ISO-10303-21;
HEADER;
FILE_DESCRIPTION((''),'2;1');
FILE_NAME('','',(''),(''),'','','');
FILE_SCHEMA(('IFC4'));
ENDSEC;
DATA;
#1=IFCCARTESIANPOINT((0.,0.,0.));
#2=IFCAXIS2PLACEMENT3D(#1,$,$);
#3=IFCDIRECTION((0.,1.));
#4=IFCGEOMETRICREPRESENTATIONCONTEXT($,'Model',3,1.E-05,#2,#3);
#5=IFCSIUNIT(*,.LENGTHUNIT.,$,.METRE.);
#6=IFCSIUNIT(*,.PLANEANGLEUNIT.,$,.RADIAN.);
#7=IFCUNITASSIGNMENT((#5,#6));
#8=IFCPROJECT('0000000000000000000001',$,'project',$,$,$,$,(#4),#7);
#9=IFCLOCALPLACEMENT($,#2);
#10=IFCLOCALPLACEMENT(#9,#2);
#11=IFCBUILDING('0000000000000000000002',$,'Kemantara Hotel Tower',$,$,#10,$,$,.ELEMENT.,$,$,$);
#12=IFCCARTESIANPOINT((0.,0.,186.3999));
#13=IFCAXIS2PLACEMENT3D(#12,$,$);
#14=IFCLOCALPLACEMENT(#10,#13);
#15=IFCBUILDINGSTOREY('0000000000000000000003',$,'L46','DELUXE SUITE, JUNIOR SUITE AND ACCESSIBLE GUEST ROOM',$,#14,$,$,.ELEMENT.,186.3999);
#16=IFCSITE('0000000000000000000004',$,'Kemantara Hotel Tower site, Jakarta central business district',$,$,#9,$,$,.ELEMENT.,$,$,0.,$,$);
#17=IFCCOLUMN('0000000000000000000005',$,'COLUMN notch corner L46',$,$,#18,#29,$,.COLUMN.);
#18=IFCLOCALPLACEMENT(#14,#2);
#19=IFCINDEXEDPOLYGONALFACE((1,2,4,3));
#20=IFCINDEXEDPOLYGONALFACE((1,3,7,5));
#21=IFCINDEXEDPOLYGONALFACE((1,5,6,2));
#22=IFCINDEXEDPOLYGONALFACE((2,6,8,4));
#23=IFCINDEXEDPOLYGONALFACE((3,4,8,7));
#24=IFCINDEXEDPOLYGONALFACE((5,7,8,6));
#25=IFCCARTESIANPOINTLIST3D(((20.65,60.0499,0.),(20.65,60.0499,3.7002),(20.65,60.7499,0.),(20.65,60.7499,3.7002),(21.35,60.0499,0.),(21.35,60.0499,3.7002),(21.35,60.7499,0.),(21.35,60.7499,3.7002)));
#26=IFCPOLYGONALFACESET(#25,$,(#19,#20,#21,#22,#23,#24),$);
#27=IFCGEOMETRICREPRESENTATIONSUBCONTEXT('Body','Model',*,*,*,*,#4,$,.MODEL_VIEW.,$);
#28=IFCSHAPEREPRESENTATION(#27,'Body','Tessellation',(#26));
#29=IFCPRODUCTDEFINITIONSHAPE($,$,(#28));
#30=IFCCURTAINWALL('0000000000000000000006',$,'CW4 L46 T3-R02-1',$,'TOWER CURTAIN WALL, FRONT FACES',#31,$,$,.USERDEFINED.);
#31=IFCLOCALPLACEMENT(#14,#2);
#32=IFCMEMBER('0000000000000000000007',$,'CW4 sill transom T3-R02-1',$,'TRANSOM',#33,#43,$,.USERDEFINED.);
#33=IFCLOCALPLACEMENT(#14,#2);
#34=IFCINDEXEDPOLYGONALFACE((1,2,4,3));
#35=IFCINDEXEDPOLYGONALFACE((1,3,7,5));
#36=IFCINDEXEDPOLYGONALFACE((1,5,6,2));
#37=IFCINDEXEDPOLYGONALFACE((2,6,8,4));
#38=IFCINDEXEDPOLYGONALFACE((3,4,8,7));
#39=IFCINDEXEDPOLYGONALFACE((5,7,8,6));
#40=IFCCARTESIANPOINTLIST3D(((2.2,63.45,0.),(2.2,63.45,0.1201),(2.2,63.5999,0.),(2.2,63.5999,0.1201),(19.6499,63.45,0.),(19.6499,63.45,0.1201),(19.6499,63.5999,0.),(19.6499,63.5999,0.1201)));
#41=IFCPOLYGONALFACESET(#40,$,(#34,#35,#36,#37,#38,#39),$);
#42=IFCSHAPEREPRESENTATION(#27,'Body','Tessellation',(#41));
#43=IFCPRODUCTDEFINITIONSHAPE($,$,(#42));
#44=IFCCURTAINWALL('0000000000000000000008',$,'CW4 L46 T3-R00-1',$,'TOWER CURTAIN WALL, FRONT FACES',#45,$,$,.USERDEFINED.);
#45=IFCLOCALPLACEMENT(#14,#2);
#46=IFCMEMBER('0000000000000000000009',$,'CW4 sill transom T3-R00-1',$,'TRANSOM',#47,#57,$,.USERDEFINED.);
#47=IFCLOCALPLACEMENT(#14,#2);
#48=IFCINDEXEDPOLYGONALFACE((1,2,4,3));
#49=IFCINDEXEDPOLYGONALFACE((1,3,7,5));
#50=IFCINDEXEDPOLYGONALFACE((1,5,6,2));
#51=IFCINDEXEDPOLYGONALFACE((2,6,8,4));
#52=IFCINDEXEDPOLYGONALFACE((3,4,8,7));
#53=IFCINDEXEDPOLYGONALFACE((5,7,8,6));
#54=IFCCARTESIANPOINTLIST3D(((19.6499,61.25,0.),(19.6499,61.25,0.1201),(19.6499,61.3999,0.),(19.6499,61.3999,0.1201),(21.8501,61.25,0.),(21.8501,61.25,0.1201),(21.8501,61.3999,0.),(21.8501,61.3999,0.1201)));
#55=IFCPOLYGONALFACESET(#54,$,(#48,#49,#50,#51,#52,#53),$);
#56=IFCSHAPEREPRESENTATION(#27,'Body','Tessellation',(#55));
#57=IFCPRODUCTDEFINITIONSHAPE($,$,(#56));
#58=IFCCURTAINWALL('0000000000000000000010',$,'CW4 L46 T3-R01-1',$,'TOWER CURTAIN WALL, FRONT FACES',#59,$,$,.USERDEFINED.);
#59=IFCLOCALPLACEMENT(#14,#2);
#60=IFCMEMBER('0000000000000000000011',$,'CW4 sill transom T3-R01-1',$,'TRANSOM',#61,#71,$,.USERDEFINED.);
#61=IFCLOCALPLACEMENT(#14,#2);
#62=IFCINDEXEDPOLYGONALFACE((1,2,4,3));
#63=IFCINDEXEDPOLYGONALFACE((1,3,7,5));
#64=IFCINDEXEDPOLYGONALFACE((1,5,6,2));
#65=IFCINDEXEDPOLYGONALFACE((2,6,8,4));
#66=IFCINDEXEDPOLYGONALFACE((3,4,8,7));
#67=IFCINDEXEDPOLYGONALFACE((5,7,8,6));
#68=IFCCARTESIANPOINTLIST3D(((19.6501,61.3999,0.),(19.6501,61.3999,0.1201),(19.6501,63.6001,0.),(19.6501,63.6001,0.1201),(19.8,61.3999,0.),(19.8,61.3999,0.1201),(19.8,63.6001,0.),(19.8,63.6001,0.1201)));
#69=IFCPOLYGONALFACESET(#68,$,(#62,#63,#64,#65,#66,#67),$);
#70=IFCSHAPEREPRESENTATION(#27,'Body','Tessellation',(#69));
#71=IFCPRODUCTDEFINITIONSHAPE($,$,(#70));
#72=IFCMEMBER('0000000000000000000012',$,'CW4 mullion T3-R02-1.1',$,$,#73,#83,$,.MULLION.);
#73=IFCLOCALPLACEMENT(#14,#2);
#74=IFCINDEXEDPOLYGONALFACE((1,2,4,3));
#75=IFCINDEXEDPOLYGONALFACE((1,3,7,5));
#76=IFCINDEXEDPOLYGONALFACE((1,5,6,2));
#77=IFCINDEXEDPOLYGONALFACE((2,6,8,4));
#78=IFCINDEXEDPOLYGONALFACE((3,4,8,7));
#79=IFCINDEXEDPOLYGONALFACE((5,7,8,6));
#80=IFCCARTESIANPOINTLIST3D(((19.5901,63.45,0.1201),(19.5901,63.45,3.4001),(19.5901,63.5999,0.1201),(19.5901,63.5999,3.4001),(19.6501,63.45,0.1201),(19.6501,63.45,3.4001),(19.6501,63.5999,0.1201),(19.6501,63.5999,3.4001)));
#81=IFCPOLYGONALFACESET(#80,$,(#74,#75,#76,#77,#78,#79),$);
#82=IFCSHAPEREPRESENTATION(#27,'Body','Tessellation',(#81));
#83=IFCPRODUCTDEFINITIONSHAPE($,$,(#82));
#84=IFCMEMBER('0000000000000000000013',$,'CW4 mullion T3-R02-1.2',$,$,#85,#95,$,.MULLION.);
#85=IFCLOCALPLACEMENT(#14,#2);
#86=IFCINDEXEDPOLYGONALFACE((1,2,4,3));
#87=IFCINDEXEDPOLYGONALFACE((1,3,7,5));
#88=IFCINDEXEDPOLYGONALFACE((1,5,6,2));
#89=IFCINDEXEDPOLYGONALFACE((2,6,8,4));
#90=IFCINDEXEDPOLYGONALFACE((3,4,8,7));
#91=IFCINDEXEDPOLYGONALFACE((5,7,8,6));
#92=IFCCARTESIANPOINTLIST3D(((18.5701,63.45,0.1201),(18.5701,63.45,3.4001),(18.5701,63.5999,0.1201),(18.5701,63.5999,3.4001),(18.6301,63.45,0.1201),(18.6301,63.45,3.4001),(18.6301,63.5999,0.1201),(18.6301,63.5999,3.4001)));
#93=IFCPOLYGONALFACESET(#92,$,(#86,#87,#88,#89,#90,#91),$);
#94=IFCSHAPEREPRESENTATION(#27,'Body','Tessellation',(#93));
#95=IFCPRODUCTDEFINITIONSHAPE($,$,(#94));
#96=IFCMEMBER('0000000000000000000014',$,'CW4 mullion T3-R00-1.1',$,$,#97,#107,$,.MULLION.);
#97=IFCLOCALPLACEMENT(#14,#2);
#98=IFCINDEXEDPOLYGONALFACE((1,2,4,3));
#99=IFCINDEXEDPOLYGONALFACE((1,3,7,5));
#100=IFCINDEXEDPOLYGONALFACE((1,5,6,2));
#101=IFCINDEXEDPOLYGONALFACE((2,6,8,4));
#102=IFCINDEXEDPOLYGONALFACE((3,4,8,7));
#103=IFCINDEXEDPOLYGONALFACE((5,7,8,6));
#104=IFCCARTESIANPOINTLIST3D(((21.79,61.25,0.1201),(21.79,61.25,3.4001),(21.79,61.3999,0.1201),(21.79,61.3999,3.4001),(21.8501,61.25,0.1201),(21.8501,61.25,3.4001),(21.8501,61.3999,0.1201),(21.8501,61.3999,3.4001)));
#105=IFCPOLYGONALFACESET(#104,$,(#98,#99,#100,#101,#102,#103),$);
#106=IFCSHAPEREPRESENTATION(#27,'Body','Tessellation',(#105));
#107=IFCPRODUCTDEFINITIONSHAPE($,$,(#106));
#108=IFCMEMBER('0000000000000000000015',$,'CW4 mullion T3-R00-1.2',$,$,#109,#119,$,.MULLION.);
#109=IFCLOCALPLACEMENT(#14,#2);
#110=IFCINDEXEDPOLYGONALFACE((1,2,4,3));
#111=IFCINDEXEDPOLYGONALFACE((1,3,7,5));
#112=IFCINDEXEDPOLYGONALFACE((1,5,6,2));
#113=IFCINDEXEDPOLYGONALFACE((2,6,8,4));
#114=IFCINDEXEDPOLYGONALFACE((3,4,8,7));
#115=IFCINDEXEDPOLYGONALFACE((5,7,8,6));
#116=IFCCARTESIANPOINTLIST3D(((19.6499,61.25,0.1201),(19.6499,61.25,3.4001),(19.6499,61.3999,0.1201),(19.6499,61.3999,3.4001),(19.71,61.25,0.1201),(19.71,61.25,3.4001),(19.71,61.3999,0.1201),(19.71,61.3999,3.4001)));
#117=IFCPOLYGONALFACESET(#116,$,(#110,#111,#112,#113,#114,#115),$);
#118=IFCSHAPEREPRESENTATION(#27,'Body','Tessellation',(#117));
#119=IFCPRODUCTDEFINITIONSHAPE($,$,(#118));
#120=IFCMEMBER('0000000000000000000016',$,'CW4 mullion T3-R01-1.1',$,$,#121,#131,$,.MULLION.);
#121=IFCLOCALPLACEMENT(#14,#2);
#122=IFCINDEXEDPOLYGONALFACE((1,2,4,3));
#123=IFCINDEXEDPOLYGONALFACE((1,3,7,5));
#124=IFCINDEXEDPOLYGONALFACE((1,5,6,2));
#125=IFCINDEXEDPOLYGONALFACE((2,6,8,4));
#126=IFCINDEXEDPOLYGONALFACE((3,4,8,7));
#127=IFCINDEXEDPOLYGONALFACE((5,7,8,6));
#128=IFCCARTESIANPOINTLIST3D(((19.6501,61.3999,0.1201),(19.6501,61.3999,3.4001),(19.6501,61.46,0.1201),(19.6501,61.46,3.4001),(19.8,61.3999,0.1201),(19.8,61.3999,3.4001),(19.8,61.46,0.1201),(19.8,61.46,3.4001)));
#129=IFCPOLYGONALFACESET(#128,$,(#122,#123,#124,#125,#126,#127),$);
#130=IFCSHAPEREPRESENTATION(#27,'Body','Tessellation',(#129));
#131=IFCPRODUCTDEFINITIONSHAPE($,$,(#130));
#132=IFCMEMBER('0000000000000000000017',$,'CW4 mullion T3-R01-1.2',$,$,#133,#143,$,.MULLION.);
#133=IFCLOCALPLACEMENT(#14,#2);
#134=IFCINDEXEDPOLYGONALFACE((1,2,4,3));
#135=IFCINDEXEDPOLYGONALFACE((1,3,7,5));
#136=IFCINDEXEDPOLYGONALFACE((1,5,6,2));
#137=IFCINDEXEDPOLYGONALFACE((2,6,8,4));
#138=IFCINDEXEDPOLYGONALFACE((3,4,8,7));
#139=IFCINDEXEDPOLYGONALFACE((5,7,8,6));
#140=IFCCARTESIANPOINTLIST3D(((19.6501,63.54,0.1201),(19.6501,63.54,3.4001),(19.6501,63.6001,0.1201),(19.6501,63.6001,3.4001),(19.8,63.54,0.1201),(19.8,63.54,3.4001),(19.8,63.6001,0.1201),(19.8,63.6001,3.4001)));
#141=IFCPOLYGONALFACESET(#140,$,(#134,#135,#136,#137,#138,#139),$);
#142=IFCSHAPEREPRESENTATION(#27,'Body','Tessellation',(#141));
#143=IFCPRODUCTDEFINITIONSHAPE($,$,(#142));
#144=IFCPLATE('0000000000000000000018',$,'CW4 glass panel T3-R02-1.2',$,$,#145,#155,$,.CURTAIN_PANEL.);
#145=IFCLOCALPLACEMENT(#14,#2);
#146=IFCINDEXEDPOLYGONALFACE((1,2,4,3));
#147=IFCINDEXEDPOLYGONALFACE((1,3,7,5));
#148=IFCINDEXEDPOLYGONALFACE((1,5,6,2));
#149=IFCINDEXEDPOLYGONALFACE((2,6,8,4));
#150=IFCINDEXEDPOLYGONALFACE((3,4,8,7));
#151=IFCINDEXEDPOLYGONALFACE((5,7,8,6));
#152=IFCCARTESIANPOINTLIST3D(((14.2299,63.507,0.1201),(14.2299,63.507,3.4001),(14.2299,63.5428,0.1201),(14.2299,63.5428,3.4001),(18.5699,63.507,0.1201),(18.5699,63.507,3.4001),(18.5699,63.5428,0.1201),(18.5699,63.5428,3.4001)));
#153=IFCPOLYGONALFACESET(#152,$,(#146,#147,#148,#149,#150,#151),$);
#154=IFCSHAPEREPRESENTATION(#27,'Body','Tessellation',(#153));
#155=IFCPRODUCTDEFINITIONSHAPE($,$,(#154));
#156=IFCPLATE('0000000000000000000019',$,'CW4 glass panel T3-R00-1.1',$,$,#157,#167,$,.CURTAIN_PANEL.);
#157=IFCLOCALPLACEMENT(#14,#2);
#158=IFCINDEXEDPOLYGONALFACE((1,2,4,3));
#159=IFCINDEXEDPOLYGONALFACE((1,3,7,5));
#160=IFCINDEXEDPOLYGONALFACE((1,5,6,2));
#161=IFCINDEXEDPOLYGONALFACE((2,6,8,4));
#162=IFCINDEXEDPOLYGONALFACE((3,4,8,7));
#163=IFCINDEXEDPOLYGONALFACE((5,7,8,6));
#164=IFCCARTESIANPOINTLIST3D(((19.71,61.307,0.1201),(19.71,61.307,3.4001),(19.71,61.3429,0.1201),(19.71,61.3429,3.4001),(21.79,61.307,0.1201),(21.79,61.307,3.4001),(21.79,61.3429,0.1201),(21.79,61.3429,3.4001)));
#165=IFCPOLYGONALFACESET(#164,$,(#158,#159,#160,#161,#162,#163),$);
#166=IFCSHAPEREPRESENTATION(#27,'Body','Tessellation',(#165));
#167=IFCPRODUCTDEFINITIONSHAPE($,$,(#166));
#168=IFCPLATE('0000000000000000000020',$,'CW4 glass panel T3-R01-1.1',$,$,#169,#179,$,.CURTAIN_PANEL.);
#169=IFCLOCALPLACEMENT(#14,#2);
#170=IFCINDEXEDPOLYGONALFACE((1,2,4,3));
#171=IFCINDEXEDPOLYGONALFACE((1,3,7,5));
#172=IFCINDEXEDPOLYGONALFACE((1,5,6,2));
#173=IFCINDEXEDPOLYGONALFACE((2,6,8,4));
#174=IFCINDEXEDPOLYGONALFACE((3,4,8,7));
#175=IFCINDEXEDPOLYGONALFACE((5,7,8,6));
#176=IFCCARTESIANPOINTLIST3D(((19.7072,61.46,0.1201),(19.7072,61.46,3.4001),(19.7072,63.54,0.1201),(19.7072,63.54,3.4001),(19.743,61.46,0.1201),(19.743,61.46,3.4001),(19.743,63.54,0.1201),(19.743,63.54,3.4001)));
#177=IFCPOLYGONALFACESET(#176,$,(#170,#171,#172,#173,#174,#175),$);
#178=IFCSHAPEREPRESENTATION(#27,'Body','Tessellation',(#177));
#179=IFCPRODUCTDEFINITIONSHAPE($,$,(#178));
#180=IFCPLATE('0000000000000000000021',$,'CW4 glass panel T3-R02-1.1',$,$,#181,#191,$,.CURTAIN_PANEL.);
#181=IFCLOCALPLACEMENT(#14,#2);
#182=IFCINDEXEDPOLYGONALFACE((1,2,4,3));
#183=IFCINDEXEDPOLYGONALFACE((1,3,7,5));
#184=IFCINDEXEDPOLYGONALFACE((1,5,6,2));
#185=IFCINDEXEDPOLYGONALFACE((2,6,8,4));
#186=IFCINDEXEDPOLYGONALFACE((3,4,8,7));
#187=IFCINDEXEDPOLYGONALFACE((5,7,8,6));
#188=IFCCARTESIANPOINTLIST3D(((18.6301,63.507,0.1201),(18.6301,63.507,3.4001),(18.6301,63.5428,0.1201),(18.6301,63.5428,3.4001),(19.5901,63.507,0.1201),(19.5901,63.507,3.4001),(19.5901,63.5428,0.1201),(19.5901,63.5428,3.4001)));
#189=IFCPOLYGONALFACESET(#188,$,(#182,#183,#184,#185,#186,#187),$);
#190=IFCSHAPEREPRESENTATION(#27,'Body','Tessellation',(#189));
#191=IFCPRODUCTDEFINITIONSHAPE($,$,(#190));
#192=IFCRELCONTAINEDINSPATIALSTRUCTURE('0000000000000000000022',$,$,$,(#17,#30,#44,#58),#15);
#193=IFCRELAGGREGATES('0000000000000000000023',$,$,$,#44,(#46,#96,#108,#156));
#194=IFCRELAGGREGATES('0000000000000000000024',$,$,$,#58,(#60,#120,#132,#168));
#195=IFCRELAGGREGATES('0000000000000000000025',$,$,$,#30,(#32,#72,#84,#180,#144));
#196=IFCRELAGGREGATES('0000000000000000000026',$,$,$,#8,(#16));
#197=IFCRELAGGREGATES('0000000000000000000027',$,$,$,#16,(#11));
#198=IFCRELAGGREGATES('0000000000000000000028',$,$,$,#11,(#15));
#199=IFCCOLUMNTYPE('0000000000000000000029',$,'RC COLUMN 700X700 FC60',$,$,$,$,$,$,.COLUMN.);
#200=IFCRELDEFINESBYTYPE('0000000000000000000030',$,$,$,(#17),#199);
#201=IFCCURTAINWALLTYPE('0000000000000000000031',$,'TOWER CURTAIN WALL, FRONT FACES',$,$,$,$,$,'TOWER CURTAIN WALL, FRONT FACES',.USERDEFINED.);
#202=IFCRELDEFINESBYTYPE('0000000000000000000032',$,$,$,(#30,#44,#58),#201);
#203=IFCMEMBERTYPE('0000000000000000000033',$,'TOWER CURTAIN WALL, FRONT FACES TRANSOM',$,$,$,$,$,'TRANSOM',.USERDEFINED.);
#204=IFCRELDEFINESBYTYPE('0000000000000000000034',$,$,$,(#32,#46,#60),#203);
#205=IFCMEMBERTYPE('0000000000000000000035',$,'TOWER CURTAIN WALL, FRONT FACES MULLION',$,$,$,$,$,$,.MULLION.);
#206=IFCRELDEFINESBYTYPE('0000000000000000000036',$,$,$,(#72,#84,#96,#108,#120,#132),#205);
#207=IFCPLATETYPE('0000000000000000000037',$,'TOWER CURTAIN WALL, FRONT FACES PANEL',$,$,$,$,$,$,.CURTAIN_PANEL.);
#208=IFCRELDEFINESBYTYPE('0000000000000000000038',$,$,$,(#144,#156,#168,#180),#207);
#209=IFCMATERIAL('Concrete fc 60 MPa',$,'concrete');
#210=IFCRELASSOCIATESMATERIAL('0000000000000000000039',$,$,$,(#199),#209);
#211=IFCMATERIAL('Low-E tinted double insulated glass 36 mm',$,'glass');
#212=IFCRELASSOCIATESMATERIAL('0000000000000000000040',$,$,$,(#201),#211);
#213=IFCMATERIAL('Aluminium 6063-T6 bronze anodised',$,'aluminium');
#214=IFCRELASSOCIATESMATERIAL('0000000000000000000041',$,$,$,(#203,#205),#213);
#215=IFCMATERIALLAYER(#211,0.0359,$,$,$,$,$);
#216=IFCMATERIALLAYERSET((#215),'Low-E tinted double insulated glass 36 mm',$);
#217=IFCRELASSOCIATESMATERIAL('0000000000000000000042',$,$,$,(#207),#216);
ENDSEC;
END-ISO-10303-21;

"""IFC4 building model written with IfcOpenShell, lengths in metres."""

from ifc_helpers import new_model, si_unit, direction, frame, origin, origin_2d, place, context, subcontext, project, spatial, rectangle, extrude, source, transform, mapped, material, layer, layer_set, material_profile, profile_set, type_object, element, aggregate, save


model = new_model("IFC4")

# Units and contexts
model_context = context("Model", 3, precision=1e-05, world=origin(), true_north=direction((0.0, 1.0)))
body_context = subcontext(model_context, "Body", "Model", "MODEL_VIEW")
ifc_project = project(units=[si_unit("LENGTHUNIT", "METRE"), si_unit("PLANEANGLEUNIT", "RADIAN")], contexts=[model_context])

# Site, building, storey
site_placement = place(None, origin())
site = spatial("IfcSite", under=ifc_project, at=site_placement, Name="Kemantara Hotel Tower site, Jakarta central business district", CompositionType="ELEMENT", RefElevation=0.0)
building_placement = place(site_placement, origin())
building = spatial("IfcBuilding", under=site, at=building_placement, Name="Kemantara Hotel Tower", CompositionType="ELEMENT")
storey_placement = place(building_placement, frame((0.0, 0.0, 186.3999)))
storey = spatial("IfcBuildingStorey", under=building, at=storey_placement, Name="L46", Description="DELUXE SUITE, JUNIOR SUITE AND ACCESSIBLE GUEST ROOM", CompositionType="ELEMENT", Elevation=186.3999)

# Column
ifc_material_1 = material(Name="Concrete fc 60 MPa", Category="concrete")
ifc_material_profile_1 = material_profile(ifc_material_1, rectangle(XDim=0.7, YDim=0.7, at=origin_2d()), Name="RC 700X700")
ifc_profile_set_1 = profile_set([ifc_material_profile_1], Name="Concrete fc 60 MPa")
column_type = type_object("IfcColumnType", Name="RC COLUMN 700X700 FC60", PredefinedType="COLUMN", material=ifc_profile_set_1)
column_placement = place(storey_placement, frame((21.0, 60.3999, 0.0), z_axis=(0.0, 0.0, 1.0), x_axis=(1.0, 0.0, 0.0)))
element("IfcColumn", 1, at=column_placement, inside=storey, type_object=column_type, Name="COLUMN notch corner L46", PredefinedType="COLUMN", context=body_context, shape_type="SweptSolid", body=[
    extrude(rectangle(XDim=0.7, YDim=0.7, at=origin_2d()), origin(), (0.0, 0.0, 1.0), 3.7002),
])

# Curtain walls, members
ifc_material_2 = material(Name="Low-E tinted double insulated glass 36 mm", Category="glass")
curtain_wall_type = type_object("IfcCurtainWallType", Name="TOWER CURTAIN WALL, FRONT FACES", ElementType="TOWER CURTAIN WALL, FRONT FACES", PredefinedType="USERDEFINED", material=ifc_material_2)
curtain_wall_1_placement = place(storey_placement, origin())
curtain_wall_1 = element("IfcCurtainWall", 2, at=curtain_wall_1_placement, inside=storey, type_object=curtain_wall_type, Name="CW4 L46 T3-R02-1", ObjectType="TOWER CURTAIN WALL, FRONT FACES", PredefinedType="USERDEFINED")
ifc_material_3 = material(Name="Aluminium 6063-T6 bronze anodised", Category="aluminium")
ifc_material_profile_2 = material_profile(ifc_material_3, rectangle(XDim=0.1499, YDim=0.1201, at=origin_2d()), Name="TOWER CURTAIN WALL, FRONT FACES TRANSOM")
ifc_profile_set_2 = profile_set([ifc_material_profile_2], Name="Aluminium 6063-T6 bronze anodised")
member_type_1 = type_object("IfcMemberType", Name="TOWER CURTAIN WALL, FRONT FACES TRANSOM", ElementType="TRANSOM", PredefinedType="USERDEFINED", material=ifc_profile_set_2)
member_1_placement = place(storey_placement, frame((19.6499, 63.5249, 0.0601), z_axis=(-1.0, 0.0, 0.0), x_axis=(0.0, -1.0, 0.0)))
member_1 = element("IfcMember", 3, at=member_1_placement, type_object=member_type_1, Name="CW4 sill transom T3-R02-1", ObjectType="TRANSOM", PredefinedType="USERDEFINED", context=body_context, shape_type="SweptSolid", body=[
    extrude(rectangle(XDim=0.1499, YDim=0.1201, at=origin_2d()), origin(), (0.0, 0.0, 1.0), 17.45),
])
curtain_wall_2_placement = place(storey_placement, origin())
curtain_wall_2 = element("IfcCurtainWall", 4, at=curtain_wall_2_placement, inside=storey, type_object=curtain_wall_type, Name="CW4 L46 T3-R00-1", ObjectType="TOWER CURTAIN WALL, FRONT FACES", PredefinedType="USERDEFINED")
member_2_placement = place(storey_placement, frame((21.8501, 61.325, 0.0601), z_axis=(-1.0, 0.0, 0.0), x_axis=(0.0, -1.0, 0.0)))
member_2 = element("IfcMember", 5, at=member_2_placement, type_object=member_type_1, Name="CW4 sill transom T3-R00-1", ObjectType="TRANSOM", PredefinedType="USERDEFINED", context=body_context, shape_type="SweptSolid", body=[
    extrude(rectangle(XDim=0.1499, YDim=0.1201, at=origin_2d()), origin(), (0.0, 0.0, 1.0), 2.2002),
])
curtain_wall_3_placement = place(storey_placement, origin())
curtain_wall_3 = element("IfcCurtainWall", 6, at=curtain_wall_3_placement, inside=storey, type_object=curtain_wall_type, Name="CW4 L46 T3-R01-1", ObjectType="TOWER CURTAIN WALL, FRONT FACES", PredefinedType="USERDEFINED")
member_3_placement = place(storey_placement, frame((19.7251, 61.3999, 0.0601), z_axis=(0.0, 1.0, 0.0), x_axis=(-1.0, 0.0, 0.0)))
member_3 = element("IfcMember", 7, at=member_3_placement, type_object=member_type_1, Name="CW4 sill transom T3-R01-1", ObjectType="TRANSOM", PredefinedType="USERDEFINED", context=body_context, shape_type="SweptSolid", body=[
    extrude(rectangle(XDim=0.1499, YDim=0.1201, at=origin_2d()), origin(), (0.0, 0.0, 1.0), 2.2002),
])

# Members
ifc_material_profile_3 = material_profile(ifc_material_3, rectangle(XDim=0.1499, YDim=0.0601, at=origin_2d()), Name="TOWER CURTAIN WALL, FRONT FACES MULLION")
ifc_profile_set_3 = profile_set([ifc_material_profile_3], Name="Aluminium 6063-T6 bronze anodised")
member_type_2 = type_object("IfcMemberType", Name="TOWER CURTAIN WALL, FRONT FACES MULLION", PredefinedType="MULLION", material=ifc_profile_set_3)
shared_shape_1 = source(origin(), body_context, "Body", "SweptSolid", [
    extrude(rectangle(XDim=0.1499, YDim=0.0601, at=origin_2d()), origin(), (0.0, 0.0, 1.0), 3.28),
])
member_4_placement = place(storey_placement, frame((19.6201, 63.5249, 0.1201), z_axis=(0.0, 0.0, 1.0), x_axis=(0.0, -1.0, 0.0)))
member_4 = element("IfcMember", 8, at=member_4_placement, type_object=member_type_2, Name="CW4 mullion T3-R02-1.1", PredefinedType="MULLION", context=body_context, shape_type="MappedRepresentation", body=[
    mapped(shared_shape_1, transform((0.0, 0.0, 0.0))),
])
member_5_placement = place(storey_placement, frame((18.6001, 63.5249, 0.1201), z_axis=(0.0, 0.0, 1.0), x_axis=(0.0, -1.0, 0.0)))
member_5 = element("IfcMember", 9, at=member_5_placement, type_object=member_type_2, Name="CW4 mullion T3-R02-1.2", PredefinedType="MULLION", context=body_context, shape_type="MappedRepresentation", body=[
    mapped(shared_shape_1, transform((0.0, 0.0, 0.0))),
])
member_6_placement = place(storey_placement, frame((21.8201, 61.325, 0.1201), z_axis=(0.0, 0.0, 1.0), x_axis=(0.0, -1.0, 0.0)))
member_6 = element("IfcMember", 10, at=member_6_placement, type_object=member_type_2, Name="CW4 mullion T3-R00-1.1", PredefinedType="MULLION", context=body_context, shape_type="MappedRepresentation", body=[
    mapped(shared_shape_1, transform((0.0, 0.0, 0.0))),
])
member_7_placement = place(storey_placement, frame((19.6799, 61.325, 0.1201), z_axis=(0.0, 0.0, 1.0), x_axis=(0.0, -1.0, 0.0)))
member_7 = element("IfcMember", 11, at=member_7_placement, type_object=member_type_2, Name="CW4 mullion T3-R00-1.2", PredefinedType="MULLION", context=body_context, shape_type="MappedRepresentation", body=[
    mapped(shared_shape_1, transform((0.0, 0.0, 0.0))),
])
member_8_placement = place(storey_placement, frame((19.7251, 61.4299, 0.1201), z_axis=(0.0, 0.0, 1.0), x_axis=(-1.0, 0.0, 0.0)))
member_8 = element("IfcMember", 12, at=member_8_placement, type_object=member_type_2, Name="CW4 mullion T3-R01-1.1", PredefinedType="MULLION", context=body_context, shape_type="MappedRepresentation", body=[
    mapped(shared_shape_1, transform((0.0, 0.0, 0.0))),
])
member_9_placement = place(storey_placement, frame((19.7251, 63.5701, 0.1201), z_axis=(0.0, 0.0, 1.0), x_axis=(-1.0, 0.0, 0.0)))
member_9 = element("IfcMember", 13, at=member_9_placement, type_object=member_type_2, Name="CW4 mullion T3-R01-1.2", PredefinedType="MULLION", context=body_context, shape_type="MappedRepresentation", body=[
    mapped(shared_shape_1, transform((0.0, 0.0, 0.0))),
])

# Plates
ifc_layer_1 = layer(ifc_material_2, 0.0359)
ifc_layer_set_1 = layer_set([ifc_layer_1], Name="Low-E tinted double insulated glass 36 mm")
plate_type = type_object("IfcPlateType", Name="TOWER CURTAIN WALL, FRONT FACES PANEL", PredefinedType="CURTAIN_PANEL", material=ifc_layer_set_1)
shared_shape_2 = source(origin(), body_context, "Body", "SweptSolid", [
    extrude(rectangle(XDim=4.3401, YDim=0.0359, at=origin_2d()), origin(), (0.0, 0.0, 1.0), 3.28),
])
plate_1_placement = place(storey_placement, frame((16.3999, 63.5249, 0.1201), z_axis=(0.0, 0.0, 1.0), x_axis=(-1.0, 0.0, 0.0)))
plate_1 = element("IfcPlate", 14, at=plate_1_placement, type_object=plate_type, Name="CW4 glass panel T3-R02-1.2", PredefinedType="CURTAIN_PANEL", context=body_context, shape_type="MappedRepresentation", body=[
    mapped(shared_shape_2, transform((0.0, 0.0, 0.0))),
])
shared_shape_3 = source(origin(), body_context, "Body", "SweptSolid", [
    extrude(rectangle(XDim=2.0801, YDim=0.0359, at=origin_2d()), origin(), (0.0, 0.0, 1.0), 3.28),
])
plate_2_placement = place(storey_placement, frame((20.75, 61.325, 0.1201), z_axis=(0.0, 0.0, 1.0), x_axis=(-1.0, 0.0, 0.0)))
plate_2 = element("IfcPlate", 15, at=plate_2_placement, type_object=plate_type, Name="CW4 glass panel T3-R00-1.1", PredefinedType="CURTAIN_PANEL", context=body_context, shape_type="MappedRepresentation", body=[
    mapped(shared_shape_3, transform((0.0, 0.0, 0.0))),
])
aggregate(curtain_wall_2, [member_2, member_6, member_7, plate_2])
plate_3_placement = place(storey_placement, frame((19.7251, 62.5, 0.1201), z_axis=(0.0, 0.0, 1.0), x_axis=(0.0, 1.0, 0.0)))
plate_3 = element("IfcPlate", 16, at=plate_3_placement, type_object=plate_type, Name="CW4 glass panel T3-R01-1.1", PredefinedType="CURTAIN_PANEL", context=body_context, shape_type="MappedRepresentation", body=[
    mapped(shared_shape_3, transform((0.0, 0.0, 0.0))),
])
aggregate(curtain_wall_3, [member_3, member_8, member_9, plate_3])
shared_shape_4 = source(origin(), body_context, "Body", "SweptSolid", [
    extrude(rectangle(XDim=0.96, YDim=0.0359, at=origin_2d()), origin(), (0.0, 0.0, 1.0), 3.28),
])
plate_4_placement = place(storey_placement, frame((19.1101, 63.5249, 0.1201), z_axis=(0.0, 0.0, 1.0), x_axis=(-1.0, 0.0, 0.0)))
plate_4 = element("IfcPlate", 17, at=plate_4_placement, type_object=plate_type, Name="CW4 glass panel T3-R02-1.1", PredefinedType="CURTAIN_PANEL", context=body_context, shape_type="MappedRepresentation", body=[
    mapped(shared_shape_4, transform((0.0, 0.0, 0.0))),
])
aggregate(curtain_wall_1, [member_1, member_4, member_5, plate_4, plate_1])

save(model, "model.ifc")
